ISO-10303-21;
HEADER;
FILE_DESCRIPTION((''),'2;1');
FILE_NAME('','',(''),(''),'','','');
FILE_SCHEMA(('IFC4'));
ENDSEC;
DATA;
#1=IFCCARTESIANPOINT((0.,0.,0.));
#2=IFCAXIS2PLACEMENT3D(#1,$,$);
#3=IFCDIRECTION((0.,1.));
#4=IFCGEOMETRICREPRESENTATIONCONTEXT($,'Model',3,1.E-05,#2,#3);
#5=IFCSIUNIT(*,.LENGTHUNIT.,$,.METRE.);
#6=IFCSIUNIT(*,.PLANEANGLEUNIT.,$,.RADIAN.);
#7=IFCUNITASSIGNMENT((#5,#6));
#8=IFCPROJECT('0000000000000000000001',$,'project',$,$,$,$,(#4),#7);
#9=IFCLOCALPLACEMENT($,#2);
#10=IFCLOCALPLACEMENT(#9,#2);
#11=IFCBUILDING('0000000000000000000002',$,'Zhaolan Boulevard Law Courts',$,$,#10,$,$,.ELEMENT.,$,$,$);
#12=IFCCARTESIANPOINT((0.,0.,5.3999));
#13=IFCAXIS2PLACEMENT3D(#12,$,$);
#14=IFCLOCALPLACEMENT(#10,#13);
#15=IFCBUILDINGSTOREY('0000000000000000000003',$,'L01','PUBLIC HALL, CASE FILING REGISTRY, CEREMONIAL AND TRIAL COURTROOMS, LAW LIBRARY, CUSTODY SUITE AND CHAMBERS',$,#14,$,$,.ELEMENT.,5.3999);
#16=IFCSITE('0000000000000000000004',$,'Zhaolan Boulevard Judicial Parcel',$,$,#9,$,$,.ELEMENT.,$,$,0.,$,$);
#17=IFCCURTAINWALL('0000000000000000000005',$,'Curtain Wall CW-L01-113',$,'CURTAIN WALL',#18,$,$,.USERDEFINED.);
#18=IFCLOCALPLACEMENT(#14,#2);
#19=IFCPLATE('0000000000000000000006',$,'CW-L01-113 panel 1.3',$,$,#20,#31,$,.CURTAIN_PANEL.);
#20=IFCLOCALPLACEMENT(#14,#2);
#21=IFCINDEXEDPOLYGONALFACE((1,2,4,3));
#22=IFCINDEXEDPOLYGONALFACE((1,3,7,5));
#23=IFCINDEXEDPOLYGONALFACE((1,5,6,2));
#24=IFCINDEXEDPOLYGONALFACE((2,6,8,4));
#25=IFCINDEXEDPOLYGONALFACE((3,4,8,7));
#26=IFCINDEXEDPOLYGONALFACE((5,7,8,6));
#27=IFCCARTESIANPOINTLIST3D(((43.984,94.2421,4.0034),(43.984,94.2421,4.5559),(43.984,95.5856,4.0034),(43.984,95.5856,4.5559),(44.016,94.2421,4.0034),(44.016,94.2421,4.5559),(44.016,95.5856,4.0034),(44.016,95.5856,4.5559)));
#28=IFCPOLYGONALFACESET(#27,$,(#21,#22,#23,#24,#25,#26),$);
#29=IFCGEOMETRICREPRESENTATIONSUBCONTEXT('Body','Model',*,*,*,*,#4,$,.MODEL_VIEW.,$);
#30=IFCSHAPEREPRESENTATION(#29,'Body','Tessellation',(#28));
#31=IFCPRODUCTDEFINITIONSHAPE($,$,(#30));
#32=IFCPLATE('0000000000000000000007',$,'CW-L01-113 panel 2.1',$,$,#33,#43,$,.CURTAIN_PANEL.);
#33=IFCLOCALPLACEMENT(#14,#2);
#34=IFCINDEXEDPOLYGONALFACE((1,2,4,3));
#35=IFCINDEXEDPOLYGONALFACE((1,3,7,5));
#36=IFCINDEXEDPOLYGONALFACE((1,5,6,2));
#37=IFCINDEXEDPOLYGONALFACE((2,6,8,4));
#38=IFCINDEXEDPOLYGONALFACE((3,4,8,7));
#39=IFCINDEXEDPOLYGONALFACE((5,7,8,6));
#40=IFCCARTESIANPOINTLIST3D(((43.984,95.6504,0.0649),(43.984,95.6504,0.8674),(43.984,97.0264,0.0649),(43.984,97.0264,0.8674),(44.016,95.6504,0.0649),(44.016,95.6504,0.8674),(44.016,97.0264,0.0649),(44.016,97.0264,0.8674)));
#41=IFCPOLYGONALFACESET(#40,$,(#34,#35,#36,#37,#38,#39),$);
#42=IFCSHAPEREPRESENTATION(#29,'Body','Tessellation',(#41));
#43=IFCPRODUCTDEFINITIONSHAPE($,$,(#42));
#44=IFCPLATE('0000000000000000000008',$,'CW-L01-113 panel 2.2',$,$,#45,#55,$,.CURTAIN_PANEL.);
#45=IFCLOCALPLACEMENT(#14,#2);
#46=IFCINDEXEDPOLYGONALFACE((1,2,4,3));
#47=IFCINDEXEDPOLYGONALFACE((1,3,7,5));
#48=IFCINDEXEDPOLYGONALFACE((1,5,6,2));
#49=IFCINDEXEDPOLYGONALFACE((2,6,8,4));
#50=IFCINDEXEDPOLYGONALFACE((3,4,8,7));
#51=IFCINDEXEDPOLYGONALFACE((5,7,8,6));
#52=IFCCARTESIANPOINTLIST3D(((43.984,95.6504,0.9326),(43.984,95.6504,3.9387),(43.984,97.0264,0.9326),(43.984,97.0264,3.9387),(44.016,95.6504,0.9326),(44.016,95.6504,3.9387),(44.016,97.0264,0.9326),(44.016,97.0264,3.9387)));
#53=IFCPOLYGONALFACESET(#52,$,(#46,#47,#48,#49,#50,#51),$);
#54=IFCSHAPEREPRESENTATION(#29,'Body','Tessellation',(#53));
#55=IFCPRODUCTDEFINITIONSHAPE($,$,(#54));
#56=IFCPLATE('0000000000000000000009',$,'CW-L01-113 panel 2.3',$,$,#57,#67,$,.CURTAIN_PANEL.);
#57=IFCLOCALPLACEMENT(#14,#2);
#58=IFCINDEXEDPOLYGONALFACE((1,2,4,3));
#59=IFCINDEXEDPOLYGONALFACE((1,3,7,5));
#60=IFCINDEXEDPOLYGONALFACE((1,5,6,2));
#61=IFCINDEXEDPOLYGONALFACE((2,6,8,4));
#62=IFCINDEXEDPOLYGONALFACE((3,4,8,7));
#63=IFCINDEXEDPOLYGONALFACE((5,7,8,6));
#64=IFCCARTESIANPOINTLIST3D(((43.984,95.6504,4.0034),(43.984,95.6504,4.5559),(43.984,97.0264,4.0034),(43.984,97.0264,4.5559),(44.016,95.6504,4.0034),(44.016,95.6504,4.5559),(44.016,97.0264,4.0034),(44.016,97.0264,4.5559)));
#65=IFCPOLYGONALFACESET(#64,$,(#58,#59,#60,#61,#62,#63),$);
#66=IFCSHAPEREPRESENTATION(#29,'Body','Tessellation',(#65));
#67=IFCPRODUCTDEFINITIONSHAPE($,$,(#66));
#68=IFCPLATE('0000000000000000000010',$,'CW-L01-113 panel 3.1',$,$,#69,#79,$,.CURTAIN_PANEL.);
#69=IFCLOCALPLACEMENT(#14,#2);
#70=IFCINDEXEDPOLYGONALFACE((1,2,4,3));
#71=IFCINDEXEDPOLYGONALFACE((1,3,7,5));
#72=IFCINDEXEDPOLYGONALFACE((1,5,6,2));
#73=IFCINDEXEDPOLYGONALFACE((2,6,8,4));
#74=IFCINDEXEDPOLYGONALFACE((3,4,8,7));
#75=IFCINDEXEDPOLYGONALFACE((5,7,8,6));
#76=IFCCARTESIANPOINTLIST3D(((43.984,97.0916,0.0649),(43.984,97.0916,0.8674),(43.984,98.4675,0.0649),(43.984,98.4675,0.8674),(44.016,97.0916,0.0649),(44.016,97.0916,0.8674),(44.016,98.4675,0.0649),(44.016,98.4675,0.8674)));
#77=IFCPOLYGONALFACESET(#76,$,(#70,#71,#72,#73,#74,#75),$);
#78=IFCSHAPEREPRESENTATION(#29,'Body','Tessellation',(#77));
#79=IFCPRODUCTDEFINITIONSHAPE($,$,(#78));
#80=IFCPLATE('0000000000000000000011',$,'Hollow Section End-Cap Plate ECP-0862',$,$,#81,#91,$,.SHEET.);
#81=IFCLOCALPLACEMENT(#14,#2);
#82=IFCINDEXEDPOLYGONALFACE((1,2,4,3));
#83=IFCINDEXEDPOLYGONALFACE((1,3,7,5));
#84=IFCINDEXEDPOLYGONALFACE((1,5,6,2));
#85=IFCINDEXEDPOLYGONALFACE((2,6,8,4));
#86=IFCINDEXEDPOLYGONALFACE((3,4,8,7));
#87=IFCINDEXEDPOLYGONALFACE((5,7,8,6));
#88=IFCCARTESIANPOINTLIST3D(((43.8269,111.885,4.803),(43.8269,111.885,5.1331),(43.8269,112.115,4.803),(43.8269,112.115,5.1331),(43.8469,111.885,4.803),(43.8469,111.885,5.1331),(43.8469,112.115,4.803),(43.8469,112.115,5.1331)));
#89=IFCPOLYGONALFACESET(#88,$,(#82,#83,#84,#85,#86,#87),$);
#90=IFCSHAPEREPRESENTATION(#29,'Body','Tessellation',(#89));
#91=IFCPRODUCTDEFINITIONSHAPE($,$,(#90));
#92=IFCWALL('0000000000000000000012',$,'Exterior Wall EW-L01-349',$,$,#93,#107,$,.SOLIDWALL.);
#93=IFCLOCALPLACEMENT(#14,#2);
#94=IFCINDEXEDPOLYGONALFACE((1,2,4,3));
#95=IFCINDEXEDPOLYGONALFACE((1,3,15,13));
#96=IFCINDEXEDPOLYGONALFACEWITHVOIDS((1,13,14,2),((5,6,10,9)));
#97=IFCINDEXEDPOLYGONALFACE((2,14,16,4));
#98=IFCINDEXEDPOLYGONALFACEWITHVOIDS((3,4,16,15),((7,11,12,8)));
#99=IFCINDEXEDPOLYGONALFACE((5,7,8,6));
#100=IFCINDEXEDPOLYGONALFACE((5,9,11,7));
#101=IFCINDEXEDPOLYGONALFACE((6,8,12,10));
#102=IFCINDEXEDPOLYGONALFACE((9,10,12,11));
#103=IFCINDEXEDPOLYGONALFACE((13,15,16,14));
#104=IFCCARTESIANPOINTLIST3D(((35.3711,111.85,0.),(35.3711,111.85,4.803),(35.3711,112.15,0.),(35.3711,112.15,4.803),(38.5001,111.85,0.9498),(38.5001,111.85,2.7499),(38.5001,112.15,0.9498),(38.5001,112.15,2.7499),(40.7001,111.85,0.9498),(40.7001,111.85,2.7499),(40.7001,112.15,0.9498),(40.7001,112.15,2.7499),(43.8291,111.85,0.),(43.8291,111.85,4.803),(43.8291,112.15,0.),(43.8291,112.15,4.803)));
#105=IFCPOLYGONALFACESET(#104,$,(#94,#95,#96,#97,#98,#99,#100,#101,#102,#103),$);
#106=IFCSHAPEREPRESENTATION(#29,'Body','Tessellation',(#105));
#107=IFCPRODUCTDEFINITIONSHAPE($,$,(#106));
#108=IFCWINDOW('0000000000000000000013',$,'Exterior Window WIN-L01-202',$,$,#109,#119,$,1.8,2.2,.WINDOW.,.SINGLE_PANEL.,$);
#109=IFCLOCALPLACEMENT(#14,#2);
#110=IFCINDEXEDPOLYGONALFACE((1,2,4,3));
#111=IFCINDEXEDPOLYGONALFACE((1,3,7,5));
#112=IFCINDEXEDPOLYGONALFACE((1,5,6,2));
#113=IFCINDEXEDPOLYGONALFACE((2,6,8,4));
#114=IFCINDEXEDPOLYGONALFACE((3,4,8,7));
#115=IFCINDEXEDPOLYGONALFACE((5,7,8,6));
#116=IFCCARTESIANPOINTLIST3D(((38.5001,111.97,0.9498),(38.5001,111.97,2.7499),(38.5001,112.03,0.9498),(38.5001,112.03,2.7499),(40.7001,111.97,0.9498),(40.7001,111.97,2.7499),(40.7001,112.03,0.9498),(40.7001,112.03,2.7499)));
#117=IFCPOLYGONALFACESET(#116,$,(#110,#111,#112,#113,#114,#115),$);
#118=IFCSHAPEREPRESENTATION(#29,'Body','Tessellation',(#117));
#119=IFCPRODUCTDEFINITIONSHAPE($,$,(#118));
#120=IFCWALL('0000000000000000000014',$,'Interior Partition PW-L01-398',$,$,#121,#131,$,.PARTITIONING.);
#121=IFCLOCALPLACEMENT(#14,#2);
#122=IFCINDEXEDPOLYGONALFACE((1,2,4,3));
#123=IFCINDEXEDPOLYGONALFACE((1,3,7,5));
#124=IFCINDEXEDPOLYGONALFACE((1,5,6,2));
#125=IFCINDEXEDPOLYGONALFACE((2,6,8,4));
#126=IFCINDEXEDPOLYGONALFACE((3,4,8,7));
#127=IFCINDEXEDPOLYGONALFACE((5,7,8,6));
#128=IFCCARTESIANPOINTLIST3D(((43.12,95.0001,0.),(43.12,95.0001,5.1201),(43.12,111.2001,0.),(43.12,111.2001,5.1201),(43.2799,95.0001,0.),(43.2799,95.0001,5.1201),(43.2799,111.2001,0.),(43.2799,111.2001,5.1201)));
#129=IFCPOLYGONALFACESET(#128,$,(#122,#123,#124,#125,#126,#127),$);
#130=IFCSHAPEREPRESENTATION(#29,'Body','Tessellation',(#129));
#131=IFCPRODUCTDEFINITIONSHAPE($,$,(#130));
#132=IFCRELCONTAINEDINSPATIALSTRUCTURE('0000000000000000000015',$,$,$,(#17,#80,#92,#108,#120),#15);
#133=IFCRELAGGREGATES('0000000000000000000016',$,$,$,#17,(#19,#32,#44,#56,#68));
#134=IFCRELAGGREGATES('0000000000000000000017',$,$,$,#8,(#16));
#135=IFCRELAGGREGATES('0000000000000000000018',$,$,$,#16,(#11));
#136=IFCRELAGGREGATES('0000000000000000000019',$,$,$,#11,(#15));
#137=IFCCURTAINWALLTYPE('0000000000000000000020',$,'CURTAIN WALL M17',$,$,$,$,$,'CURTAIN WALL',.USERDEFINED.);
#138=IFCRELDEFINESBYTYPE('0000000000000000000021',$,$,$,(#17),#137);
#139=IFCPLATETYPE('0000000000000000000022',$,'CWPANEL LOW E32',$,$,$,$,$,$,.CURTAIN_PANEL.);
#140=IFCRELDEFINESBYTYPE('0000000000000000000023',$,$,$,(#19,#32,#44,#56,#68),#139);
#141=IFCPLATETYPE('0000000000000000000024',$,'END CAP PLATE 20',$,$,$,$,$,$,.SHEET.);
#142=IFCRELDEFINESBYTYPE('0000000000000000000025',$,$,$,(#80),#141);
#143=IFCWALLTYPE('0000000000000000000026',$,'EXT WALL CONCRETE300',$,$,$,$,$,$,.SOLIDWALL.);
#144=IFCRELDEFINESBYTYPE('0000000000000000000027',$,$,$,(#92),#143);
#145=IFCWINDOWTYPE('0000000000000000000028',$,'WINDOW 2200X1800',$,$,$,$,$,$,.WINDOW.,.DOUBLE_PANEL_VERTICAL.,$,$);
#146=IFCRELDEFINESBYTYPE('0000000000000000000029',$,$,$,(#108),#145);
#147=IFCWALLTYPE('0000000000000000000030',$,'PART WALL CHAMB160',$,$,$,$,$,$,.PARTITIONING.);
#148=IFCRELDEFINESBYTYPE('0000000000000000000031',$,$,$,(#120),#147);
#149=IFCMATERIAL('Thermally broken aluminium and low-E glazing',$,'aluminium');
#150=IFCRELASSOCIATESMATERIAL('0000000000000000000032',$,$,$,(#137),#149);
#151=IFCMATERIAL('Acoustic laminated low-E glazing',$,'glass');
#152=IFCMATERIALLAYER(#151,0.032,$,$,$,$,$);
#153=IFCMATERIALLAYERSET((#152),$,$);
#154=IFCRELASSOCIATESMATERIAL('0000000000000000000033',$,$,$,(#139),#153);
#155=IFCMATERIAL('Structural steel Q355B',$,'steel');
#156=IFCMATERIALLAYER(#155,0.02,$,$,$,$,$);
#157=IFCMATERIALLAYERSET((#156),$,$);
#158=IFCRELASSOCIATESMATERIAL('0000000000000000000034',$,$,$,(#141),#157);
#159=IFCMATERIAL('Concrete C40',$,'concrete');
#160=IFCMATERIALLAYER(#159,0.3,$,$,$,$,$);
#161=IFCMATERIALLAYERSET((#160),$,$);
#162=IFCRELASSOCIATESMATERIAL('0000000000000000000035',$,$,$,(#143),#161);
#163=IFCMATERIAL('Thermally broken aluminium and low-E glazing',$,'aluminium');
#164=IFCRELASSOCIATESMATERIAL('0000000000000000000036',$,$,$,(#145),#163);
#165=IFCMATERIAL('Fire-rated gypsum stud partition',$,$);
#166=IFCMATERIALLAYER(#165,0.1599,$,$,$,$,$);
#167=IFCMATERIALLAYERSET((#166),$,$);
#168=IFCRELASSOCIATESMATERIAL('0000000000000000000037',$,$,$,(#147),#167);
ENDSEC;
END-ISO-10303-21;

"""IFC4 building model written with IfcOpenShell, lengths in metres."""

from ifc_helpers import new_model, si_unit, direction, frame, frame_2d, origin, origin_2d, place, context, subcontext, project, spatial, rectangle, extrude, material, layer, layer_set, type_object, element, fill, aggregate, save


model = new_model("IFC4")

# Units and contexts
model_context = context("Model", 3, precision=1e-05, world=origin(), true_north=direction((0.0, 1.0)))
body_context = subcontext(model_context, "Body", "Model", "MODEL_VIEW")
ifc_project = project(units=[si_unit("LENGTHUNIT", "METRE"), si_unit("PLANEANGLEUNIT", "RADIAN")], contexts=[model_context])

# Site, building, storey
site_placement = place(None, origin())
site = spatial("IfcSite", under=ifc_project, at=site_placement, Name="Zhaolan Boulevard Judicial Parcel", CompositionType="ELEMENT", RefElevation=0.0)
building_placement = place(site_placement, origin())
building = spatial("IfcBuilding", under=site, at=building_placement, Name="Zhaolan Boulevard Law Courts", CompositionType="ELEMENT")
storey_placement = place(building_placement, frame((0.0, 0.0, 5.3999)))
storey = spatial("IfcBuildingStorey", under=building, at=storey_placement, Name="L01", Description="PUBLIC HALL, CASE FILING REGISTRY, CEREMONIAL AND TRIAL COURTROOMS, LAW LIBRARY, CUSTODY SUITE AND CHAMBERS", CompositionType="ELEMENT", Elevation=5.3999)

# Curtain wall
ifc_material_1 = material(Name="Thermally broken aluminium and low-E glazing", Category="aluminium")
curtain_wall_type = type_object("IfcCurtainWallType", Name="CURTAIN WALL M17", ElementType="CURTAIN WALL", PredefinedType="USERDEFINED", material=ifc_material_1)
curtain_wall_placement = place(storey_placement, origin())
curtain_wall = element("IfcCurtainWall", 1, at=curtain_wall_placement, inside=storey, type_object=curtain_wall_type, Name="Curtain Wall CW-L01-113", ObjectType="CURTAIN WALL", PredefinedType="USERDEFINED")

# Plates
ifc_material_2 = material(Name="Acoustic laminated low-E glazing", Category="glass")
ifc_layer_1 = layer(ifc_material_2, 0.032)
ifc_layer_set_1 = layer_set([ifc_layer_1])
plate_type_1 = type_object("IfcPlateType", Name="CWPANEL LOW E32", PredefinedType="CURTAIN_PANEL", material=ifc_layer_set_1)
plate_1_placement = place(storey_placement, frame((44.0, 94.9138, 4.0034), z_axis=(0.0, 0.0, 1.0), x_axis=(0.0, 1.0, 0.0)))
plate_1 = element("IfcPlate", 2, at=plate_1_placement, type_object=plate_type_1, Name="CW-L01-113 panel 1.3", PredefinedType="CURTAIN_PANEL", context=body_context, shape_type="SweptSolid", body=[
    extrude(rectangle(XDim=1.3435, YDim=0.032, at=origin_2d()), origin(), (0.0, 0.0, 1.0), 0.5525),
])
plate_2_placement = place(storey_placement, frame((44.0, 96.3384, 0.0649), z_axis=(0.0, 0.0, 1.0), x_axis=(0.0, 1.0, 0.0)))
plate_2 = element("IfcPlate", 3, at=plate_2_placement, type_object=plate_type_1, Name="CW-L01-113 panel 2.1", PredefinedType="CURTAIN_PANEL", context=body_context, shape_type="SweptSolid", body=[
    extrude(rectangle(XDim=1.376, YDim=0.032, at=origin_2d()), origin(), (0.0, 0.0, 1.0), 0.8025),
])
plate_3_placement = place(storey_placement, frame((44.0, 96.3384, 0.9326), z_axis=(0.0, 0.0, 1.0), x_axis=(0.0, 1.0, 0.0)))
plate_3 = element("IfcPlate", 4, at=plate_3_placement, type_object=plate_type_1, Name="CW-L01-113 panel 2.2", PredefinedType="CURTAIN_PANEL", context=body_context, shape_type="SweptSolid", body=[
    extrude(rectangle(XDim=1.376, YDim=0.032, at=origin_2d()), origin(), (0.0, 0.0, 1.0), 3.0061),
])
plate_4_placement = place(storey_placement, frame((44.0, 96.3384, 4.0034), z_axis=(0.0, 0.0, 1.0), x_axis=(0.0, 1.0, 0.0)))
plate_4 = element("IfcPlate", 5, at=plate_4_placement, type_object=plate_type_1, Name="CW-L01-113 panel 2.3", PredefinedType="CURTAIN_PANEL", context=body_context, shape_type="SweptSolid", body=[
    extrude(rectangle(XDim=1.376, YDim=0.032, at=origin_2d()), origin(), (0.0, 0.0, 1.0), 0.5525),
])
plate_5_placement = place(storey_placement, frame((44.0, 97.7795, 0.0649), z_axis=(0.0, 0.0, 1.0), x_axis=(0.0, 1.0, 0.0)))
plate_5 = element("IfcPlate", 6, at=plate_5_placement, type_object=plate_type_1, Name="CW-L01-113 panel 3.1", PredefinedType="CURTAIN_PANEL", context=body_context, shape_type="SweptSolid", body=[
    extrude(rectangle(XDim=1.376, YDim=0.032, at=origin_2d()), origin(), (0.0, 0.0, 1.0), 0.8025),
])
aggregate(curtain_wall, [plate_1, plate_2, plate_3, plate_4, plate_5])
ifc_material_3 = material(Name="Structural steel Q355B", Category="steel")
ifc_layer_2 = layer(ifc_material_3, 0.02)
ifc_layer_set_2 = layer_set([ifc_layer_2])
plate_type_2 = type_object("IfcPlateType", Name="END CAP PLATE 20", PredefinedType="SHEET", material=ifc_layer_set_2)
plate_6_placement = place(storey_placement, frame((43.8369, 112.0, 4.803), z_axis=(0.0, 0.0, 1.0), x_axis=(1.0, 0.0, 0.0)))
element("IfcPlate", 7, at=plate_6_placement, inside=storey, type_object=plate_type_2, Name="Hollow Section End-Cap Plate ECP-0862", PredefinedType="SHEET", context=body_context, shape_type="SweptSolid", body=[
    extrude(rectangle(XDim=0.02, YDim=0.23, at=origin_2d()), origin(), (0.0, 0.0, 1.0), 0.3301),
])

# Wall, opening, window
ifc_material_4 = material(Name="Concrete C40", Category="concrete")
ifc_layer_3 = layer(ifc_material_4, 0.3)
ifc_layer_set_3 = layer_set([ifc_layer_3])
wall_type_1 = type_object("IfcWallType", Name="EXT WALL CONCRETE300", PredefinedType="SOLIDWALL", material=ifc_layer_set_3)
wall_1_placement = place(storey_placement, frame((43.8291, 112.0, 0.0), z_axis=(0.0, 0.0, 1.0), x_axis=(-1.0, 0.0, 0.0)))
wall_1 = element("IfcWall", 8, at=wall_1_placement, inside=storey, type_object=wall_type_1, Name="Exterior Wall EW-L01-349", PredefinedType="SOLIDWALL", context=body_context, shape_type="SweptSolid", body=[
    extrude(rectangle(XDim=8.458, YDim=0.3, at=frame_2d((4.229, 0.0))), origin(), (0.0, 0.0, 1.0), 4.803),
])
opening_placement = place(wall_1_placement, frame((3.1289, 0.0, 0.95)))
opening = element("IfcOpeningElement", 9, at=opening_placement, cuts=wall_1, PredefinedType="OPENING", context=body_context, shape_type="SweptSolid", body=[
    extrude(rectangle(XDim=2.2, YDim=1.8, at=frame_2d((1.1001, 0.8999))), frame((0.0, 0.1599, 0.0), z_axis=(0.0, -1.0, 0.0), x_axis=(1.0, 0.0, 0.0)), (0.0, 0.0, 1.0), 0.3201),
])
ifc_material_5 = material(Name="Thermally broken aluminium and low-E glazing", Category="aluminium")
window_type = type_object("IfcWindowType", Name="WINDOW 2200X1800", PartitioningType="DOUBLE_PANEL_VERTICAL", PredefinedType="WINDOW", material=ifc_material_5)
window_placement = place(opening_placement, origin())
window = element("IfcWindow", 10, at=window_placement, inside=storey, type_object=window_type, Name="Exterior Window WIN-L01-202", OverallHeight=1.8, OverallWidth=2.2, PartitioningType="SINGLE_PANEL", PredefinedType="WINDOW", context=body_context, shape_type="SweptSolid", body=[
    extrude(rectangle(XDim=2.2, YDim=1.8, at=frame_2d((1.1001, 0.8999))), frame((0.0, 0.03, 0.0), z_axis=(0.0, -1.0, 0.0), x_axis=(1.0, 0.0, 0.0)), (0.0, 0.0, 1.0), 0.0601),
])
fill(opening, window)

# Wall
ifc_material_6 = material(Name="Fire-rated gypsum stud partition")
ifc_layer_4 = layer(ifc_material_6, 0.1599)
ifc_layer_set_4 = layer_set([ifc_layer_4])
wall_type_2 = type_object("IfcWallType", Name="PART WALL CHAMB160", PredefinedType="PARTITIONING", material=ifc_layer_set_4)
wall_2_placement = place(storey_placement, frame((43.2, 95.0, 0.0), z_axis=(0.0, 0.0, 1.0), x_axis=(0.0, 1.0, 0.0)))
element("IfcWall", 11, at=wall_2_placement, inside=storey, type_object=wall_type_2, Name="Interior Partition PW-L01-398", PredefinedType="PARTITIONING", context=body_context, shape_type="SweptSolid", body=[
    extrude(rectangle(XDim=16.2, YDim=0.1599, at=frame_2d((8.1001, 0.0))), origin(), (0.0, 0.0, 1.0), 5.1201),
])

save(model, "model.ifc")
